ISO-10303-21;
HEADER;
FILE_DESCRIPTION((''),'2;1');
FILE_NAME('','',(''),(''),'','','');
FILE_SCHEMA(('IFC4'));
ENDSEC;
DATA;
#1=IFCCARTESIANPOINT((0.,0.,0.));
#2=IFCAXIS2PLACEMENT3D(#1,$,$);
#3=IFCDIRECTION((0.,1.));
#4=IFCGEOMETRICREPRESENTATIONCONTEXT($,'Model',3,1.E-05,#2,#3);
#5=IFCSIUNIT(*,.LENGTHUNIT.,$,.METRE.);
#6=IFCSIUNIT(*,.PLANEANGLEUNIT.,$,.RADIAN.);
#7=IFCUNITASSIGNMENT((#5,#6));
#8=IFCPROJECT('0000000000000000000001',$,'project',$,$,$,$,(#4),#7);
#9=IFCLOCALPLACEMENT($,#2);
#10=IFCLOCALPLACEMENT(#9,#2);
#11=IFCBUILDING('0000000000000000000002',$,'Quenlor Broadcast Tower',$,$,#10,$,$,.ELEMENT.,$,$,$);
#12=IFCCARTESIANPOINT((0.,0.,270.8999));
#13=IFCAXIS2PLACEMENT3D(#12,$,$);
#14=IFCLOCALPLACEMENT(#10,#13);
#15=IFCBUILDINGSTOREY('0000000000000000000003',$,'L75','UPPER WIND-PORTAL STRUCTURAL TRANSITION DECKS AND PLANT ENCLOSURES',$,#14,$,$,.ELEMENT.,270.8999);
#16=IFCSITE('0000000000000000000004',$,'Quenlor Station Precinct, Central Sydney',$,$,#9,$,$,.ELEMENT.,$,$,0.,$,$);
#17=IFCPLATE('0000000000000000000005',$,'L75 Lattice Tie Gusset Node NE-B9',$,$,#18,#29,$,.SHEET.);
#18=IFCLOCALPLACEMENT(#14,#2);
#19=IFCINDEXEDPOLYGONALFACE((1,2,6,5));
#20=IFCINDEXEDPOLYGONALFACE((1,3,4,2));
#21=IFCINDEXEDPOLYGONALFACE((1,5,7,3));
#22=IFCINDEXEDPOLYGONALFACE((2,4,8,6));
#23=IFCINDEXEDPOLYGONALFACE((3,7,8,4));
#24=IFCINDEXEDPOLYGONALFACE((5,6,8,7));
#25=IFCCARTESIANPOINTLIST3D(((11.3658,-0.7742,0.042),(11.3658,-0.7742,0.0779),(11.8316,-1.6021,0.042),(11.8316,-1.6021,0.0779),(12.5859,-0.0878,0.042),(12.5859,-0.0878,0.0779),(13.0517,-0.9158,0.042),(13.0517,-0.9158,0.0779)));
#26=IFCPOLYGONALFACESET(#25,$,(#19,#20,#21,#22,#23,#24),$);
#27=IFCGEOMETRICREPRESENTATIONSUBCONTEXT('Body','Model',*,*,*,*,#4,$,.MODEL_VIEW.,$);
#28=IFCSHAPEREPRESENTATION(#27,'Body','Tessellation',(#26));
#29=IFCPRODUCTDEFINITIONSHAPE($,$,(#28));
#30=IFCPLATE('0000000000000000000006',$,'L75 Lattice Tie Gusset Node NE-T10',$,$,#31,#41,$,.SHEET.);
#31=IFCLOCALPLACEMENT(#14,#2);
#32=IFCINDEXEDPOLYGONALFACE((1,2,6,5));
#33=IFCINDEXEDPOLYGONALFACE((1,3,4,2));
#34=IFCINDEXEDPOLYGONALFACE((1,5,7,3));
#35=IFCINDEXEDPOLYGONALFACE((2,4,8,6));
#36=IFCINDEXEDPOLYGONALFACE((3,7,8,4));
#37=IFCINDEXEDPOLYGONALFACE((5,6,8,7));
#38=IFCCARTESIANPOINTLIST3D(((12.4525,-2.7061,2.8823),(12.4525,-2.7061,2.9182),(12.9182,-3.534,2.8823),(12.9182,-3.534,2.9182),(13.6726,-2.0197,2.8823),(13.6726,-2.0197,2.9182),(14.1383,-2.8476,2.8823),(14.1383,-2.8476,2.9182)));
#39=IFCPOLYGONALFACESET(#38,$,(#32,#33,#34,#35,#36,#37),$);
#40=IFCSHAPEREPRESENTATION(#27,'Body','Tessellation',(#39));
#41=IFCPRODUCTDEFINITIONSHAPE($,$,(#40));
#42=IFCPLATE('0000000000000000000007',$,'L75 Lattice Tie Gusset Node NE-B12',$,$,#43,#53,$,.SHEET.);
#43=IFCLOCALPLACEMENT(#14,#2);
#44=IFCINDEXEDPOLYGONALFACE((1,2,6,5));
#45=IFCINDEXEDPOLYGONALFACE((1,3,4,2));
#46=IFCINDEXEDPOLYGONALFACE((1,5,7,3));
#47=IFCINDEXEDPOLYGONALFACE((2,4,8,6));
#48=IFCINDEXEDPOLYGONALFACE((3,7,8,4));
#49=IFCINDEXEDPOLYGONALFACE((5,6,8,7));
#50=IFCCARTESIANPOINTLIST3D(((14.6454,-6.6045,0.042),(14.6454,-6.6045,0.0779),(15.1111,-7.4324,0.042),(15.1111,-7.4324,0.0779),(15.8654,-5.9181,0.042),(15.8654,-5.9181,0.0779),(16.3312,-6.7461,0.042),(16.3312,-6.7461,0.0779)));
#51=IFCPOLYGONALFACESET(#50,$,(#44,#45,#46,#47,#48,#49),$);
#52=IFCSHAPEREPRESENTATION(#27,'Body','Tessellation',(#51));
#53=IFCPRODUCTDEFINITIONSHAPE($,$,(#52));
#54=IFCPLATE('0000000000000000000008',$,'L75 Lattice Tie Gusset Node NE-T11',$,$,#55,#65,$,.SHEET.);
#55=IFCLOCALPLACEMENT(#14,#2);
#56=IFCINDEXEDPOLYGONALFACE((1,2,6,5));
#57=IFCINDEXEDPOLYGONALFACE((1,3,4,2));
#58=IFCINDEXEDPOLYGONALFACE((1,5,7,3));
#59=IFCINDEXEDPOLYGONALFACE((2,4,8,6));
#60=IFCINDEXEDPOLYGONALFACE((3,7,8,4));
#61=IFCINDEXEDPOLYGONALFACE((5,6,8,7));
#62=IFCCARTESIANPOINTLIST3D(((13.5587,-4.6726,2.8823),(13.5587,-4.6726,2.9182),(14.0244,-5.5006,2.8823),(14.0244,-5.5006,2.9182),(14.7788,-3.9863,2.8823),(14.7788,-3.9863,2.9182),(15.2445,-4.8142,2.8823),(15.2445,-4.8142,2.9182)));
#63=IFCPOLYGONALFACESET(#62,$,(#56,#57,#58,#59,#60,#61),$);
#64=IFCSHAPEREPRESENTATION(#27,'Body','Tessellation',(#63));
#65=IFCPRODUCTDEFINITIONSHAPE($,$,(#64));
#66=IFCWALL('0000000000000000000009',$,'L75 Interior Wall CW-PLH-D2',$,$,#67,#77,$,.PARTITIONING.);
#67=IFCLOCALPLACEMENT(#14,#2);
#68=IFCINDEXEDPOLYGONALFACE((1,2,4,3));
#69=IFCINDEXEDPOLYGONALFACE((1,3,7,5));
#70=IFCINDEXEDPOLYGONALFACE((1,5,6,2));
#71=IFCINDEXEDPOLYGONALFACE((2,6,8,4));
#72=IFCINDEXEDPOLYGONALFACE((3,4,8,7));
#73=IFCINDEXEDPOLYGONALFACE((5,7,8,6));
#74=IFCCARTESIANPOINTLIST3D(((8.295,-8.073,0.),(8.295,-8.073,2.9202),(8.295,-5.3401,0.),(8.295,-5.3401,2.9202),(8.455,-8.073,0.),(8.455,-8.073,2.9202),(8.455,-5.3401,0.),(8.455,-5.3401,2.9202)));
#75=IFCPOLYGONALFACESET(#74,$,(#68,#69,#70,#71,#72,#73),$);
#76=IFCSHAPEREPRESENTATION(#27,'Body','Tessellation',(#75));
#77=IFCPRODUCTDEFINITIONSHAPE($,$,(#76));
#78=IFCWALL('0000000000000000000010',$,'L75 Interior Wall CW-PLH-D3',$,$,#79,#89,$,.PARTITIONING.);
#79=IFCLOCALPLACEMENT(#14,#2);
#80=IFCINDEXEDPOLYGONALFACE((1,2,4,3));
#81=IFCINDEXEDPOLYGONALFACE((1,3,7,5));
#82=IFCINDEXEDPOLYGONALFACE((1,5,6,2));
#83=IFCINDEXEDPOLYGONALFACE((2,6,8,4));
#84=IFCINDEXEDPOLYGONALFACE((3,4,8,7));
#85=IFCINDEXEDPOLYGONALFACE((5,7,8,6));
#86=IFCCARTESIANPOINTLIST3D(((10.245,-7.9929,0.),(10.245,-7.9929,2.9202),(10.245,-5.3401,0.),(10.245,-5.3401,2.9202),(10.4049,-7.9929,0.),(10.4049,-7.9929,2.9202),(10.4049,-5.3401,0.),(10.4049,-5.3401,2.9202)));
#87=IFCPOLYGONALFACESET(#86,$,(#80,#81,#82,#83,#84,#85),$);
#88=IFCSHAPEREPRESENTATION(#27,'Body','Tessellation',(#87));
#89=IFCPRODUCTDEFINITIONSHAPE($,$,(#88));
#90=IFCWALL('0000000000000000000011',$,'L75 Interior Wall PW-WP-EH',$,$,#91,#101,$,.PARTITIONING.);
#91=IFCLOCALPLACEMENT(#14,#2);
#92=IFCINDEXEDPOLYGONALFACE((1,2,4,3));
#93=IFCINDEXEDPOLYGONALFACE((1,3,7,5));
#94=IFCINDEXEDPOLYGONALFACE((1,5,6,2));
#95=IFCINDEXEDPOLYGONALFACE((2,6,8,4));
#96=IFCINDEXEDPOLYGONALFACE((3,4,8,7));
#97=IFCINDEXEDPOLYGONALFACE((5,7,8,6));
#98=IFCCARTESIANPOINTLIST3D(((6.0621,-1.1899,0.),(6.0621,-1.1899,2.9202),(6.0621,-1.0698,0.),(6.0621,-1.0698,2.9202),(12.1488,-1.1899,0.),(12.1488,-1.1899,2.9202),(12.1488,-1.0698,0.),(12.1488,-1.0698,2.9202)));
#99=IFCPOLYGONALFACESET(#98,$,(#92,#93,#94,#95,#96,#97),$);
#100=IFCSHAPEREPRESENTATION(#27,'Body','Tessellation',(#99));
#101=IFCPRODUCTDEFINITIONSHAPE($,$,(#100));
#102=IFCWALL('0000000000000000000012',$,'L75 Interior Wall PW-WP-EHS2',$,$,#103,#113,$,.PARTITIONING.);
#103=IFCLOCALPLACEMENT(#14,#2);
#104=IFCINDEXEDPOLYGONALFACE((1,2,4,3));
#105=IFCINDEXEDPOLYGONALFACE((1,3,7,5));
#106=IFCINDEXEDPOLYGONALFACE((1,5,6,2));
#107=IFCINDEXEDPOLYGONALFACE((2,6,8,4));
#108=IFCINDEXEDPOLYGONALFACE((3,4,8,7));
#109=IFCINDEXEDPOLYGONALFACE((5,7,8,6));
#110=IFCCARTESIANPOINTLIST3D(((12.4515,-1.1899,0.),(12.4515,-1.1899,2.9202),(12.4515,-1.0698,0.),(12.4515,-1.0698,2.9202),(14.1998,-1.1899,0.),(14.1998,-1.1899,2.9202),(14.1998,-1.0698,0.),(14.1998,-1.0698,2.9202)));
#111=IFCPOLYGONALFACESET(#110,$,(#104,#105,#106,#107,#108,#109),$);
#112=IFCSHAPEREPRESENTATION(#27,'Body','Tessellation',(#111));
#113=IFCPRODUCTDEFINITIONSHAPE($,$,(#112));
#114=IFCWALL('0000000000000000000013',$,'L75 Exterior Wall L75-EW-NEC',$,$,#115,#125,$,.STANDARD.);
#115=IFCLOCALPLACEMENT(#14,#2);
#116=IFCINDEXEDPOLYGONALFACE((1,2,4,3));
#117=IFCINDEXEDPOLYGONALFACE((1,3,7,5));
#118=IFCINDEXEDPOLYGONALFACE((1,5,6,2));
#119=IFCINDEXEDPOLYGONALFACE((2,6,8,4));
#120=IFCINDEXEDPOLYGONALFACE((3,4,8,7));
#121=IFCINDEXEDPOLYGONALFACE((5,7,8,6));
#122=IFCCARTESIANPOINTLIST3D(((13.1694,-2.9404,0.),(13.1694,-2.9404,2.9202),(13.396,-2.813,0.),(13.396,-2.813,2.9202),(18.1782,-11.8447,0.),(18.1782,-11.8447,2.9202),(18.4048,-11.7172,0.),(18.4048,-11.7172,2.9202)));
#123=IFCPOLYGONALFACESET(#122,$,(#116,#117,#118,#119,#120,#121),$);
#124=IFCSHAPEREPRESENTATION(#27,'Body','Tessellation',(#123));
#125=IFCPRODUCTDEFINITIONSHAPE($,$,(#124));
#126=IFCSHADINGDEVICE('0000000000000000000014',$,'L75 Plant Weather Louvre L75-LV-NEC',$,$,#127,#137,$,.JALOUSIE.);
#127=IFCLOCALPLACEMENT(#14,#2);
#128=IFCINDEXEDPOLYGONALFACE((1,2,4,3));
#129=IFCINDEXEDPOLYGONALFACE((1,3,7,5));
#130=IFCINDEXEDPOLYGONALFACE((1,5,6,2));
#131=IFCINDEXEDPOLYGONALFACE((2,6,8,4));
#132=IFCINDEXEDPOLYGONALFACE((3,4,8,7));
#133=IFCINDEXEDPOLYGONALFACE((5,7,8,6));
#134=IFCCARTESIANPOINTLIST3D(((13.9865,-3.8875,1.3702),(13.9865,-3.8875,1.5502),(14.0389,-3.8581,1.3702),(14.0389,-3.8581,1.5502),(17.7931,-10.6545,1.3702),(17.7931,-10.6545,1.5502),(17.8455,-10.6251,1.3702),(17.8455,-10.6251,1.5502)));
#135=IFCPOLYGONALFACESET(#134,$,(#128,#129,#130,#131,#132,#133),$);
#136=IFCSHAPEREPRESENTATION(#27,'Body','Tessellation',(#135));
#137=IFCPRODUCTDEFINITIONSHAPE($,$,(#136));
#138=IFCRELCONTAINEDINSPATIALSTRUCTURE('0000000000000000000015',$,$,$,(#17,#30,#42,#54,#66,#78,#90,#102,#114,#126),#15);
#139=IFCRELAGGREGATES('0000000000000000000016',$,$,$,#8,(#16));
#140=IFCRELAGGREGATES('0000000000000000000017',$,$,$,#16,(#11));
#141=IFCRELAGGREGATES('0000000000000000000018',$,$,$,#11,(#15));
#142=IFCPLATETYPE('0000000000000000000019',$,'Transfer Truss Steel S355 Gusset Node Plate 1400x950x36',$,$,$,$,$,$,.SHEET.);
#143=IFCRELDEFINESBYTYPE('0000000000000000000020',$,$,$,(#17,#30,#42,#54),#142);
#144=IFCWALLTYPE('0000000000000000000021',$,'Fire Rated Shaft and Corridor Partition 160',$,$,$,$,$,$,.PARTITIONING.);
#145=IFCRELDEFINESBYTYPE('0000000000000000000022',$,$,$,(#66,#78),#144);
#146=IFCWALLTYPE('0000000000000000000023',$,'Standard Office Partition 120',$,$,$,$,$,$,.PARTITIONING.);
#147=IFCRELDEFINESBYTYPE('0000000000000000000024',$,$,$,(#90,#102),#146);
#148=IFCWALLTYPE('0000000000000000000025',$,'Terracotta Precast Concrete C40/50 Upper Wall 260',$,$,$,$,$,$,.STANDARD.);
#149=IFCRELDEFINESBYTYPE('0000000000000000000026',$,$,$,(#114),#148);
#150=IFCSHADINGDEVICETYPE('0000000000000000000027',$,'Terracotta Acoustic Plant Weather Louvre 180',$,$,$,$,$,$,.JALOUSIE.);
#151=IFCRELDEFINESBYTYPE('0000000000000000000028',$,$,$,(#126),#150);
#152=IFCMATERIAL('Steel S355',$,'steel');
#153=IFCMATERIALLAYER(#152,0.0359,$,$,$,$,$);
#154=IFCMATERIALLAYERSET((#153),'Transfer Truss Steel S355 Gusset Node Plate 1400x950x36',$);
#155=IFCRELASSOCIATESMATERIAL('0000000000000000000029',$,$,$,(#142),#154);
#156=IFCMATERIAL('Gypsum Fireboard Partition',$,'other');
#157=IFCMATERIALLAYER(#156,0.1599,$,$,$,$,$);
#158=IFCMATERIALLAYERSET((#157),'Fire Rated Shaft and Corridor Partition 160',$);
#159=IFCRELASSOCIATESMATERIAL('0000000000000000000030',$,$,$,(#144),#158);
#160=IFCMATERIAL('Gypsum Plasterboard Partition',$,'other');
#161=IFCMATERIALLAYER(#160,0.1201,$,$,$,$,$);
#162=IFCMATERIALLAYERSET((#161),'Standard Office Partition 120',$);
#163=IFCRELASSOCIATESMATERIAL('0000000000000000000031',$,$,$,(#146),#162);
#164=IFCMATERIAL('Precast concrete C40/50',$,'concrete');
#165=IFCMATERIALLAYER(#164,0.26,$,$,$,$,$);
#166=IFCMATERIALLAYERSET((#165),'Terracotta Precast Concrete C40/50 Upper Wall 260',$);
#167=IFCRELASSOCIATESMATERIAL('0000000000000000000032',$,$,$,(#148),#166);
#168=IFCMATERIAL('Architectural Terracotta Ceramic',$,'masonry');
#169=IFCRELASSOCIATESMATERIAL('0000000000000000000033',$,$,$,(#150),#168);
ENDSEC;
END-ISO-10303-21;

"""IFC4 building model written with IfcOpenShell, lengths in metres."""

from ifc_helpers import new_model, si_unit, direction, frame, frame_2d, origin, origin_2d, place, context, subcontext, project, spatial, rectangle, extrude, material, layer, layer_set, material_profile, profile_set, type_object, element, save


model = new_model("IFC4")

# Units and contexts
model_context = context("Model", 3, precision=1e-05, world=origin(), true_north=direction((0.0, 1.0)))
body_context = subcontext(model_context, "Body", "Model", "MODEL_VIEW")
ifc_project = project(units=[si_unit("LENGTHUNIT", "METRE"), si_unit("PLANEANGLEUNIT", "RADIAN")], contexts=[model_context])

# Site, building, storey
site_placement = place(None, origin())
site = spatial("IfcSite", under=ifc_project, at=site_placement, Name="Quenlor Station Precinct, Central Sydney", CompositionType="ELEMENT", RefElevation=0.0)
building_placement = place(site_placement, origin())
building = spatial("IfcBuilding", under=site, at=building_placement, Name="Quenlor Broadcast Tower", CompositionType="ELEMENT")
storey_placement = place(building_placement, frame((0.0, 0.0, 270.8999)))
storey = spatial("IfcBuildingStorey", under=building, at=storey_placement, Name="L75", Description="UPPER WIND-PORTAL STRUCTURAL TRANSITION DECKS AND PLANT ENCLOSURES", CompositionType="ELEMENT", Elevation=270.8999)

# Plates
ifc_material_1 = material(Name="Steel S355", Category="steel")
ifc_layer_1 = layer(ifc_material_1, 0.0359)
ifc_layer_set_1 = layer_set([ifc_layer_1], Name="Transfer Truss Steel S355 Gusset Node Plate 1400x950x36")
plate_type = type_object("IfcPlateType", Name="Transfer Truss Steel S355 Gusset Node Plate 1400x950x36", PredefinedType="SHEET", material=ifc_layer_set_1)
for number, where, z_axis, x_axis, name in (
    (1, (12.2087, -0.845, 0.042), (0.0, 0.0, 1.0), (0.871556, 0.490295, 0.0), "L75 Lattice Tie Gusset Node NE-B9"),
    (2, (13.2954, -2.7769, 2.8823), (0.0, 0.0, 1.0), (0.871556, 0.490295, 0.0), "L75 Lattice Tie Gusset Node NE-T10"),
    (3, (15.4883, -6.6753, 0.042), (0.0, 0.0, 1.0), (0.871556, 0.490295, 0.0), "L75 Lattice Tie Gusset Node NE-B12"),
    (4, (14.4016, -4.7434, 2.8823), (0.0, 0.0, 1.0), (0.871556, 0.490295, 0.0), "L75 Lattice Tie Gusset Node NE-T11"),
):
    element("IfcPlate", number, at=place(storey_placement, frame(where, z_axis=z_axis, x_axis=x_axis)), inside=storey, type_object=plate_type, Name=name, PredefinedType="SHEET", context=body_context, shape_type="SweptSolid", body=[
        extrude(rectangle(XDim=1.3999, YDim=0.95, at=origin_2d()), origin(), (0.0, 0.0, 1.0), 0.0359),
    ])

# Walls
ifc_material_2 = material(Name="Gypsum Fireboard Partition", Category="other")
ifc_layer_2 = layer(ifc_material_2, 0.1599)
ifc_layer_set_2 = layer_set([ifc_layer_2], Name="Fire Rated Shaft and Corridor Partition 160")
wall_type_1 = type_object("IfcWallType", Name="Fire Rated Shaft and Corridor Partition 160", PredefinedType="PARTITIONING", material=ifc_layer_set_2)
wall_1_placement = place(storey_placement, frame((8.375, -8.073, 0.0), z_axis=(0.0, 0.0, 1.0), x_axis=(0.0, 1.0, 0.0)))
element("IfcWall", 5, at=wall_1_placement, inside=storey, type_object=wall_type_1, Name="L75 Interior Wall CW-PLH-D2", PredefinedType="PARTITIONING", context=body_context, shape_type="SweptSolid", body=[
    extrude(rectangle(XDim=2.7329, YDim=0.1599, at=frame_2d((1.3665, 0.0))), origin(), (0.0, 0.0, 1.0), 2.9202),
])
wall_2_placement = place(storey_placement, frame((10.325, -7.9929, 0.0), z_axis=(0.0, 0.0, 1.0), x_axis=(0.0, 1.0, 0.0)))
element("IfcWall", 6, at=wall_2_placement, inside=storey, type_object=wall_type_1, Name="L75 Interior Wall CW-PLH-D3", PredefinedType="PARTITIONING", context=body_context, shape_type="SweptSolid", body=[
    extrude(rectangle(XDim=2.6528, YDim=0.1599, at=frame_2d((1.3264, 0.0))), origin(), (0.0, 0.0, 1.0), 2.9202),
])

# Walls
ifc_material_3 = material(Name="Gypsum Plasterboard Partition", Category="other")
ifc_layer_3 = layer(ifc_material_3, 0.1201)
ifc_layer_set_3 = layer_set([ifc_layer_3], Name="Standard Office Partition 120")
wall_type_2 = type_object("IfcWallType", Name="Standard Office Partition 120", PredefinedType="PARTITIONING", material=ifc_layer_set_3)
wall_3_placement = place(storey_placement, frame((6.062, -1.1299, 0.0), z_axis=(0.0, 0.0, 1.0), x_axis=(1.0, 0.0, 0.0)))
element("IfcWall", 7, at=wall_3_placement, inside=storey, type_object=wall_type_2, Name="L75 Interior Wall PW-WP-EH", PredefinedType="PARTITIONING", context=body_context, shape_type="SweptSolid", body=[
    extrude(rectangle(XDim=6.0867, YDim=0.1201, at=frame_2d((3.0435, 0.0))), origin(), (0.0, 0.0, 1.0), 2.9202),
])
wall_4_placement = place(storey_placement, frame((12.4517, -1.1299, 0.0), z_axis=(0.0, 0.0, 1.0), x_axis=(1.0, 0.0, 0.0)))
element("IfcWall", 8, at=wall_4_placement, inside=storey, type_object=wall_type_2, Name="L75 Interior Wall PW-WP-EHS2", PredefinedType="PARTITIONING", context=body_context, shape_type="SweptSolid", body=[
    extrude(rectangle(XDim=1.7483, YDim=0.1201, at=frame_2d((0.874, 0.0))), origin(), (0.0, 0.0, 1.0), 2.9202),
])
ifc_material_4 = material(Name="Precast concrete C40/50", Category="concrete")
ifc_layer_4 = layer(ifc_material_4, 0.26)
ifc_layer_set_4 = layer_set([ifc_layer_4], Name="Terracotta Precast Concrete C40/50 Upper Wall 260")
wall_type_3 = type_object("IfcWallType", Name="Terracotta Precast Concrete C40/50 Upper Wall 260", PredefinedType="STANDARD", material=ifc_layer_set_4)
wall_5_placement = place(storey_placement, frame((13.2827, -2.8767, 0.0), z_axis=(0.0, 0.0, 1.0), x_axis=(0.49027, -0.87157, 0.0)))
element("IfcWall", 9, at=wall_5_placement, inside=storey, type_object=wall_type_3, Name="L75 Exterior Wall L75-EW-NEC", PredefinedType="STANDARD", context=body_context, shape_type="SweptSolid", body=[
    extrude(rectangle(XDim=10.2163, YDim=0.26, at=frame_2d((5.1082, 0.0))), origin(), (0.0, 0.0, 1.0), 2.9202),
])

# Shading device
ifc_material_5 = material(Name="Architectural Terracotta Ceramic", Category="masonry")
ifc_material_profile_1 = material_profile(ifc_material_5, rectangle(XDim=0.0601, YDim=0.1799, at=origin_2d()))
ifc_profile_set_1 = profile_set([ifc_material_profile_1], Name="Architectural Terracotta Ceramic LVR60x180")
shading_device_type = type_object("IfcShadingDeviceType", Name="Terracotta Acoustic Plant Weather Louvre 180", PredefinedType="JALOUSIE", material=ifc_profile_set_1)
shading_device_placement = place(storey_placement, frame((14.0127, -3.8728, 1.4602), z_axis=(0.490276, -0.871567, 0.0), x_axis=(0.871567, 0.490276, 0.0)))
element("IfcShadingDevice", 10, at=shading_device_placement, inside=storey, type_object=shading_device_type, Name="L75 Plant Weather Louvre L75-LV-NEC", PredefinedType="JALOUSIE", context=body_context, shape_type="SweptSolid", body=[
    extrude(rectangle(XDim=0.0601, YDim=0.1799, at=origin_2d()), origin(), (0.0, 0.0, 1.0), 7.7642),
])

save(model, "model.ifc")
